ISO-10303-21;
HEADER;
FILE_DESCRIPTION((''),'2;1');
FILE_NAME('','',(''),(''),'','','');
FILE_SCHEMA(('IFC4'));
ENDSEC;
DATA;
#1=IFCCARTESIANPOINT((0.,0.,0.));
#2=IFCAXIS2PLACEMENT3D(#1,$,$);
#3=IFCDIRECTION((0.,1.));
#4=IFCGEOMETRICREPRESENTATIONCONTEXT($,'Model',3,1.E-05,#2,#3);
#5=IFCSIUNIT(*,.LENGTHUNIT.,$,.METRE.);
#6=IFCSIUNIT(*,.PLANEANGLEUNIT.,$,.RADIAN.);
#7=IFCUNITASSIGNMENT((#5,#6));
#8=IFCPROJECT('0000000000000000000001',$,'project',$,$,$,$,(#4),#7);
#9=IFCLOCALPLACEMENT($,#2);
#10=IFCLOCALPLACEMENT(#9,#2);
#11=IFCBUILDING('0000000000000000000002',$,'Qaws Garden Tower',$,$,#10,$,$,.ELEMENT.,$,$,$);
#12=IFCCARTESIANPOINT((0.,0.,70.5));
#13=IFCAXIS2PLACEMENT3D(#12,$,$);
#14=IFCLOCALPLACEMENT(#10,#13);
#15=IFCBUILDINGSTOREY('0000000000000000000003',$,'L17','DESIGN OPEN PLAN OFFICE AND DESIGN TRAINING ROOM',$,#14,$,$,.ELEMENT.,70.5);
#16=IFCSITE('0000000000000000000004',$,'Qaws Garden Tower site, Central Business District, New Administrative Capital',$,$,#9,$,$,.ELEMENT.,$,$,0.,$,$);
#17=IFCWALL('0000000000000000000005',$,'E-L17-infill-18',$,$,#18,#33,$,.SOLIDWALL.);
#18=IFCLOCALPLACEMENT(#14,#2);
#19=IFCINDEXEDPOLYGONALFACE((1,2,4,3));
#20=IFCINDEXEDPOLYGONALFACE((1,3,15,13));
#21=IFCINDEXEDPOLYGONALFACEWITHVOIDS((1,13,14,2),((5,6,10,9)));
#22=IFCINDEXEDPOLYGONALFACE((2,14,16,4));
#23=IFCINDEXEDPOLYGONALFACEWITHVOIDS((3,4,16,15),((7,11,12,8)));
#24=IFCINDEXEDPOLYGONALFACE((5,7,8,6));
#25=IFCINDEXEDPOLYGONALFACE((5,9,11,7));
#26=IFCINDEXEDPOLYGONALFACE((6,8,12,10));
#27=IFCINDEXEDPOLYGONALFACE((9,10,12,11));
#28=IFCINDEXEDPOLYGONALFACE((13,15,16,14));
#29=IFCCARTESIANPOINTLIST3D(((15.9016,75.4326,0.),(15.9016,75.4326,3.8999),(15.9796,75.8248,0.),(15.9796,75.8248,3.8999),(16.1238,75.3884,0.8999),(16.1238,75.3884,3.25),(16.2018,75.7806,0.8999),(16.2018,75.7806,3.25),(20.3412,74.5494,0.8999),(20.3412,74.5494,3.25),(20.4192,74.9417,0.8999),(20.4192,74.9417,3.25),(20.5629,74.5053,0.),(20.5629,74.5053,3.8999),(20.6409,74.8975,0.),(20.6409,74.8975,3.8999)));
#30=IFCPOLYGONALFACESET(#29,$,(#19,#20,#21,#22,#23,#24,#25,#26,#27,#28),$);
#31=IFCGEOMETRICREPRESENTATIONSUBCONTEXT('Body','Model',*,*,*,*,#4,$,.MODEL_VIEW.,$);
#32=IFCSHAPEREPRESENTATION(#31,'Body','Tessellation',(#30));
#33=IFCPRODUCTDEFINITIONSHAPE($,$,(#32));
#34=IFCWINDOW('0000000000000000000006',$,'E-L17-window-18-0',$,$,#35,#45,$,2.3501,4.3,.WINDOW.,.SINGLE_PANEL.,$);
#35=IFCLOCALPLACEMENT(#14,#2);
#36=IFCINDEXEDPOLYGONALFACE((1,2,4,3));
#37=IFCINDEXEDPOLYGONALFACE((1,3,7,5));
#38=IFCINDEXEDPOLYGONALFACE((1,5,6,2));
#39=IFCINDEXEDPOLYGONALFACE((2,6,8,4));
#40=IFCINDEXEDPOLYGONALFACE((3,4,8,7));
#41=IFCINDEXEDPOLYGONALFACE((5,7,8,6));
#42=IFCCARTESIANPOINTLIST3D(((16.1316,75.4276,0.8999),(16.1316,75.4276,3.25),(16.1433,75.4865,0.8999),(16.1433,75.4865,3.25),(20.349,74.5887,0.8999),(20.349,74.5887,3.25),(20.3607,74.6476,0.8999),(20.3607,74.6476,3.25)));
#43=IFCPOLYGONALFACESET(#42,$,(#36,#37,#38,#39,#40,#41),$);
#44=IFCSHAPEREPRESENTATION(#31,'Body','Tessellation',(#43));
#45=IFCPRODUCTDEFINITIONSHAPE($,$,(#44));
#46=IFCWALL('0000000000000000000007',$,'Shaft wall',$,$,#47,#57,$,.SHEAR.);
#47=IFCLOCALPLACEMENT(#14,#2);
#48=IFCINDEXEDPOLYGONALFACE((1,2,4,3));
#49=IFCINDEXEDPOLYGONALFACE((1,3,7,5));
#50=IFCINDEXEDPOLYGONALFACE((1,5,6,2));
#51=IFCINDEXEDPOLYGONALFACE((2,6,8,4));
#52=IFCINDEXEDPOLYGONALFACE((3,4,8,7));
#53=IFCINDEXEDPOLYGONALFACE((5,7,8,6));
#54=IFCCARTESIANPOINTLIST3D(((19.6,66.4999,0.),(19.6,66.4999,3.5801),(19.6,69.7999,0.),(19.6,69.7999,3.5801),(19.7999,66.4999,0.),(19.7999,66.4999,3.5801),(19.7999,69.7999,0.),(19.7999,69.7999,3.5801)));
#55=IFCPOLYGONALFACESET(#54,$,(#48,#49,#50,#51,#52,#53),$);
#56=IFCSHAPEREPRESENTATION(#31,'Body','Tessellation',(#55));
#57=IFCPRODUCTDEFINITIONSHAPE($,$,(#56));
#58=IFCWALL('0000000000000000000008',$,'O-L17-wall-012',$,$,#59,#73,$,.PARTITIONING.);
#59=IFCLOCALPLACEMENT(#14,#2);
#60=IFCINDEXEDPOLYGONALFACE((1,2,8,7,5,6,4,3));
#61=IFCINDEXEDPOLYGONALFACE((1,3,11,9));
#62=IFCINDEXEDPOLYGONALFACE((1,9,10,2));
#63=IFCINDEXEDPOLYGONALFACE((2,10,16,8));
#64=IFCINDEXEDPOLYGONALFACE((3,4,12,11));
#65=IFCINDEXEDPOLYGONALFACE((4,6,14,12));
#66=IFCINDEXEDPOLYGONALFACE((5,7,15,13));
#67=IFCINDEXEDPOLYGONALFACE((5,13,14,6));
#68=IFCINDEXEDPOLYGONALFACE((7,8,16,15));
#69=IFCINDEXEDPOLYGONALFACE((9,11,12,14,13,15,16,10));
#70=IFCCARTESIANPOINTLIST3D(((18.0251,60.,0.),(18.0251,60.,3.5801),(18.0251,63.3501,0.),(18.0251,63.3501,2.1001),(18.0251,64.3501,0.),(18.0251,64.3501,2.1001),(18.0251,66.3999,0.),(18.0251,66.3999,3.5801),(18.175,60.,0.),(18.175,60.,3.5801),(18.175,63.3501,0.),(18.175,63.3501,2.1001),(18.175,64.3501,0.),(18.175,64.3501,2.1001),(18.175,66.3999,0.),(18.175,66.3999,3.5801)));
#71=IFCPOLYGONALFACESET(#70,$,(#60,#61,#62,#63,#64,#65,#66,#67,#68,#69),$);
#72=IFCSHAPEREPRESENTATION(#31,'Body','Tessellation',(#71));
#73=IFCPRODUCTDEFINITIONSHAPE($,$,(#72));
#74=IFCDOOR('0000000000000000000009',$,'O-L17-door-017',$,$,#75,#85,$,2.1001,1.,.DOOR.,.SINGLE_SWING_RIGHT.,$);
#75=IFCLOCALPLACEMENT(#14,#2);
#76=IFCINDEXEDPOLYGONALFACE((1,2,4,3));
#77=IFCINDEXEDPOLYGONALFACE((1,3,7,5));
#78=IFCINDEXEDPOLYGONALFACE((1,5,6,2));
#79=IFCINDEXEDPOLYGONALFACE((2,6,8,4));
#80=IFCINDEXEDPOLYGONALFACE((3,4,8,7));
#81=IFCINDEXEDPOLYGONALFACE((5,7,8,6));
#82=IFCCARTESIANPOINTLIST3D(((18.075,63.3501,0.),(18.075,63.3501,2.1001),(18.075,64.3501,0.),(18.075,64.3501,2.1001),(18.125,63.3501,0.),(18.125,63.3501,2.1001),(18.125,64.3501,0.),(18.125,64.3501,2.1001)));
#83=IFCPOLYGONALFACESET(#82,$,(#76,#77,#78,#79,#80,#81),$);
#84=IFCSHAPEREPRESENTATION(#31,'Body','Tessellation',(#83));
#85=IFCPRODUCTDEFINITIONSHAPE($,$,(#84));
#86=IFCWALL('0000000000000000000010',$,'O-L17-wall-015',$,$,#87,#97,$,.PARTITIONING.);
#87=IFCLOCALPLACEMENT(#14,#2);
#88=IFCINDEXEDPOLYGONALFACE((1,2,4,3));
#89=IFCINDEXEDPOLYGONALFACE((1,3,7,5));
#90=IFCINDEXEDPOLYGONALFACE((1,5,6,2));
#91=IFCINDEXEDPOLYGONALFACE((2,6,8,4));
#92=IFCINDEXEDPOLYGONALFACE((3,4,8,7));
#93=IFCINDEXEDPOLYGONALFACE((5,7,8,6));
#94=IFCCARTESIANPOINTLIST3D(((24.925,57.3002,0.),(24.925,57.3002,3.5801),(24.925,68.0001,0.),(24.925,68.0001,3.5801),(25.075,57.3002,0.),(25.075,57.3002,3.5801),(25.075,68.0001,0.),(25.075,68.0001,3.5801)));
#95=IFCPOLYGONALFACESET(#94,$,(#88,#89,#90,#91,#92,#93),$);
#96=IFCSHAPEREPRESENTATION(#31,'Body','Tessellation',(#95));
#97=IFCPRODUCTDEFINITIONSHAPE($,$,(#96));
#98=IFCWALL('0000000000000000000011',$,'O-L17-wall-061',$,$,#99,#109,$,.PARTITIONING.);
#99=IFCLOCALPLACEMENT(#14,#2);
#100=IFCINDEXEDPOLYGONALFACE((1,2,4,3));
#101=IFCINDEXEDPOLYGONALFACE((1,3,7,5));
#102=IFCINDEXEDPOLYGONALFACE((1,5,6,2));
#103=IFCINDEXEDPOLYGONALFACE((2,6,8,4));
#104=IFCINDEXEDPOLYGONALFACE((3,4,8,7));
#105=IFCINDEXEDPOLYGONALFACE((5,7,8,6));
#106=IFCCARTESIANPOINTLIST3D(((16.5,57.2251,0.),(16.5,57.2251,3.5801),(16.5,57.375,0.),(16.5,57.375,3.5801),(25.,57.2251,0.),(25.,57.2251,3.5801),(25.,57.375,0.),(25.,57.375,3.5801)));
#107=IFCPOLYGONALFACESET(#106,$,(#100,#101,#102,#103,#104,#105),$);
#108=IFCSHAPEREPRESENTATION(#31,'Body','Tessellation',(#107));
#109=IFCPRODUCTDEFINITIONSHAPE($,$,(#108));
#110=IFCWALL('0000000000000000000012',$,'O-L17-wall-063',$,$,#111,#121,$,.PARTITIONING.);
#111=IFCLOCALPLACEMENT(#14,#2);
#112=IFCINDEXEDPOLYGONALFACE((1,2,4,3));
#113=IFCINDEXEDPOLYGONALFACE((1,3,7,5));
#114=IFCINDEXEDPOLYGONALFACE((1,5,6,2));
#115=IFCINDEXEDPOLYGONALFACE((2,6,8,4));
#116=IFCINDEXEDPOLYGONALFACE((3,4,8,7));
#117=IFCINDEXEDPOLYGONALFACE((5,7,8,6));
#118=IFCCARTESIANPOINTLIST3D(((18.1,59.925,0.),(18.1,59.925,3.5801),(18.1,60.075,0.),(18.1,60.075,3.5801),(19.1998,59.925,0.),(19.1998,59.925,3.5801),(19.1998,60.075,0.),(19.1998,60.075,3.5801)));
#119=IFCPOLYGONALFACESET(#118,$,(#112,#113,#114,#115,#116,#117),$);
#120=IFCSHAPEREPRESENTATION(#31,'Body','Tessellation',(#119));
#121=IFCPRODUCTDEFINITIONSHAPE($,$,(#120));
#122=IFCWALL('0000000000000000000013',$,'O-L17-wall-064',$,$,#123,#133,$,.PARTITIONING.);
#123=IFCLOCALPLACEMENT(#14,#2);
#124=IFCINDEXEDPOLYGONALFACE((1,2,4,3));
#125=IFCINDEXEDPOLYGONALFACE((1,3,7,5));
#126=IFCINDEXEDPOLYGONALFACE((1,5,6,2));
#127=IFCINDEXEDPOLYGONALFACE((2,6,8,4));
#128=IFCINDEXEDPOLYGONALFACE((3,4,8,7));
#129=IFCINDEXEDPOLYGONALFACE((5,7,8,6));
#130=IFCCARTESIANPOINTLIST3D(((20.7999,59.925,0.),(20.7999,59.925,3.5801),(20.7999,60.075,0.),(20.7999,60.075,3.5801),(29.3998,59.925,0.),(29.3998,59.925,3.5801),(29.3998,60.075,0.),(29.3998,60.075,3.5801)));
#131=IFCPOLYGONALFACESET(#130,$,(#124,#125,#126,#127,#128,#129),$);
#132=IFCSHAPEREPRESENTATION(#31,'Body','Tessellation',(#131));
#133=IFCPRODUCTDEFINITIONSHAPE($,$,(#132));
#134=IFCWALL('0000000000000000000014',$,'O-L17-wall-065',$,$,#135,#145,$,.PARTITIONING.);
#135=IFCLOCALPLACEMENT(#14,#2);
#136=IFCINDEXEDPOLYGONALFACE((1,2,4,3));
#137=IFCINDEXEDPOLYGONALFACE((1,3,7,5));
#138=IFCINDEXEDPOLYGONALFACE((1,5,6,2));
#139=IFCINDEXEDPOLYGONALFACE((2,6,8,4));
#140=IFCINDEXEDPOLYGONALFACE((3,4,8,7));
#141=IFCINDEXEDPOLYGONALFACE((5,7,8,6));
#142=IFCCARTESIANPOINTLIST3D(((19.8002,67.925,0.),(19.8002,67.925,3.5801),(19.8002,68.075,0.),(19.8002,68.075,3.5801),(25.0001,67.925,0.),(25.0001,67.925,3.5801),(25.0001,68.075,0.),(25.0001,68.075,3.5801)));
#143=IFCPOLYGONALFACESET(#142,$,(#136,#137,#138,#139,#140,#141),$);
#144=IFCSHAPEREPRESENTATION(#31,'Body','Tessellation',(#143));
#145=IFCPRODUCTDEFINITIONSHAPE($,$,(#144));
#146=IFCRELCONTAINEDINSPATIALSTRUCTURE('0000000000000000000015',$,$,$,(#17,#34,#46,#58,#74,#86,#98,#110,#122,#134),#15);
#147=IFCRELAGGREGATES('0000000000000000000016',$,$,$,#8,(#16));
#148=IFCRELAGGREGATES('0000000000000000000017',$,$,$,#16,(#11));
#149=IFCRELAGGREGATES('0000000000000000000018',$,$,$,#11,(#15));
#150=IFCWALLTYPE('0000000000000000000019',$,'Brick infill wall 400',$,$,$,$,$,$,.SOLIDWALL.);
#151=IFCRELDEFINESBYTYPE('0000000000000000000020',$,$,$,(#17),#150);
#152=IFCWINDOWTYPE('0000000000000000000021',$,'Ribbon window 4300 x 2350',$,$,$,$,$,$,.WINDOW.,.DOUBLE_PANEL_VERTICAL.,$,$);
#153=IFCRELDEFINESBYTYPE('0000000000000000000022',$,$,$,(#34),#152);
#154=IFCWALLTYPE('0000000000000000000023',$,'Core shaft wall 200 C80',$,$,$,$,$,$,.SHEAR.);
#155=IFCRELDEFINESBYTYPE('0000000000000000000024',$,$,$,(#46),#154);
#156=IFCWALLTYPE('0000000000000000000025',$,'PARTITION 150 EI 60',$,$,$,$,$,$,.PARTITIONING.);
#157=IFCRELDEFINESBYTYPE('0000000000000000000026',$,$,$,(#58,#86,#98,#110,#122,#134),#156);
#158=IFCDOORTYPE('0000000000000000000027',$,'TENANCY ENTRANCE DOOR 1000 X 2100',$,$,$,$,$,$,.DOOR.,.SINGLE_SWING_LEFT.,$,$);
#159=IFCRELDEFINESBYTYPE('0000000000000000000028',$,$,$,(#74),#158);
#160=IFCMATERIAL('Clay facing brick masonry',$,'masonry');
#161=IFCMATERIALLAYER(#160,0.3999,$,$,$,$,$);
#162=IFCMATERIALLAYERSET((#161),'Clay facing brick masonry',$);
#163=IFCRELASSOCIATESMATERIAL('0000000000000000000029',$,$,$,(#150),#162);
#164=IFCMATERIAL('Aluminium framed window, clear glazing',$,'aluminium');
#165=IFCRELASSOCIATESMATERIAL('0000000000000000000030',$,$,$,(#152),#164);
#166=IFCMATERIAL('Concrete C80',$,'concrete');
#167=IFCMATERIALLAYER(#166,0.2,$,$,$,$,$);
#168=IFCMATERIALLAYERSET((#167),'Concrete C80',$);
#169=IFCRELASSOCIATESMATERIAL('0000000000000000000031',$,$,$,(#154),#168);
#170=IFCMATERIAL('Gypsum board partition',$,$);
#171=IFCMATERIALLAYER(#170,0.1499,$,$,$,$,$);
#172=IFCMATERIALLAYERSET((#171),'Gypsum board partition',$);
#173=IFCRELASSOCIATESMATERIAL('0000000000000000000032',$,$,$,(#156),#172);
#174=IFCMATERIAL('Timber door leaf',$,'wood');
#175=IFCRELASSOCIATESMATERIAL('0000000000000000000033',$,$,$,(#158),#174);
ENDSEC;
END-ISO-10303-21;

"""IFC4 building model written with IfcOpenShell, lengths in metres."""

from ifc_helpers import new_model, si_unit, direction, frame, frame_2d, origin, place, context, subcontext, project, spatial, rectangle, extrude, material, layer, layer_set, type_object, element, fill, save


model = new_model("IFC4")

# Units and contexts
model_context = context("Model", 3, precision=1e-05, world=origin(), true_north=direction((0.0, 1.0)))
body_context = subcontext(model_context, "Body", "Model", "MODEL_VIEW")
ifc_project = project(units=[si_unit("LENGTHUNIT", "METRE"), si_unit("PLANEANGLEUNIT", "RADIAN")], contexts=[model_context])

# Site, building, storey
site_placement = place(None, origin())
site = spatial("IfcSite", under=ifc_project, at=site_placement, Name="Qaws Garden Tower site, Central Business District, New Administrative Capital", CompositionType="ELEMENT", RefElevation=0.0)
building_placement = place(site_placement, origin())
building = spatial("IfcBuilding", under=site, at=building_placement, Name="Qaws Garden Tower", CompositionType="ELEMENT")
storey_placement = place(building_placement, frame((0.0, 0.0, 70.5)))
storey = spatial("IfcBuildingStorey", under=building, at=storey_placement, Name="L17", Description="DESIGN OPEN PLAN OFFICE AND DESIGN TRAINING ROOM", CompositionType="ELEMENT", Elevation=70.5)

# Wall, opening, window
ifc_material_1 = material(Name="Clay facing brick masonry", Category="masonry")
ifc_layer_1 = layer(ifc_material_1, 0.3999)
ifc_layer_set_1 = layer_set([ifc_layer_1], Name="Clay facing brick masonry")
wall_type_1 = type_object("IfcWallType", Name="Brick infill wall 400", PredefinedType="SOLIDWALL", material=ifc_layer_set_1)
ifc_material_2 = material(Name="Aluminium framed window, clear glazing", Category="aluminium")
window_type = type_object("IfcWindowType", Name="Ribbon window 4300 x 2350", PartitioningType="DOUBLE_PANEL_VERTICAL", PredefinedType="WINDOW", material=ifc_material_2)
wall_1_placement = place(storey_placement, frame((20.6021, 74.7014, 0.0), z_axis=(0.0, 0.0, 1.0), x_axis=(-0.980784, 0.195099, 0.0)))
wall_1 = element("IfcWall", 1, at=wall_1_placement, inside=storey, type_object=wall_type_1, Name="E-L17-infill-18", PredefinedType="SOLIDWALL", context=body_context, shape_type="SweptSolid", body=[
    extrude(rectangle(XDim=4.7527, YDim=0.3999, at=frame_2d((2.3765, 0.0))), origin(), (0.0, 0.0, 1.0), 3.8999),
])
opening_1_placement = place(wall_1_placement, frame((0.2263, 0.0, 0.8999)))
opening_1 = element("IfcOpeningElement", 2, at=opening_1_placement, cuts=wall_1, PredefinedType="OPENING", context=body_context, shape_type="SweptSolid", body=[
    extrude(rectangle(XDim=4.3, YDim=2.3501, at=frame_2d((2.1499, 1.175))), frame((0.0, 0.21, 0.0), z_axis=(0.0, -1.0, 0.0), x_axis=(1.0, 0.0, 0.0)), (0.0, 0.0, 1.0), 0.4199),
])
window_1_placement = place(opening_1_placement, origin())
window_1 = element("IfcWindow", 3, at=window_1_placement, inside=storey, type_object=window_type, Name="E-L17-window-18-0", OverallHeight=2.3501, OverallWidth=4.3, PartitioningType="SINGLE_PANEL", PredefinedType="WINDOW", context=body_context, shape_type="SweptSolid", body=[
    extrude(rectangle(XDim=4.3, YDim=2.3501, at=frame_2d((2.1499, 1.175))), frame((0.0, 0.1599, 0.0), z_axis=(0.0, -1.0, 0.0), x_axis=(1.0, 0.0, 0.0)), (0.0, 0.0, 1.0), 0.0601),
])
fill(opening_1, window_1)

# Wall
ifc_material_3 = material(Name="Concrete C80", Category="concrete")
ifc_layer_2 = layer(ifc_material_3, 0.2)
ifc_layer_set_2 = layer_set([ifc_layer_2], Name="Concrete C80")
wall_type_2 = type_object("IfcWallType", Name="Core shaft wall 200 C80", PredefinedType="SHEAR", material=ifc_layer_set_2)
wall_2_placement = place(storey_placement, frame((19.7, 66.5, 0.0), z_axis=(0.0, 0.0, 1.0), x_axis=(0.0, 1.0, 0.0)))
element("IfcWall", 4, at=wall_2_placement, inside=storey, type_object=wall_type_2, Name="Shaft wall", PredefinedType="SHEAR", context=body_context, shape_type="SweptSolid", body=[
    extrude(rectangle(XDim=3.3, YDim=0.2, at=frame_2d((1.6499, 0.0))), origin(), (0.0, 0.0, 1.0), 3.5801),
])

# Wall, opening, door
ifc_material_4 = material(Name="Gypsum board partition")
ifc_layer_3 = layer(ifc_material_4, 0.1499)
ifc_layer_set_3 = layer_set([ifc_layer_3], Name="Gypsum board partition")
wall_type_3 = type_object("IfcWallType", Name="PARTITION 150 EI 60", PredefinedType="PARTITIONING", material=ifc_layer_set_3)
wall_3_placement = place(storey_placement, frame((18.1001, 60.0, 0.0), z_axis=(0.0, 0.0, 1.0), x_axis=(0.0, 1.0, 0.0)))
wall_3 = element("IfcWall", 5, at=wall_3_placement, inside=storey, type_object=wall_type_3, Name="O-L17-wall-012", PredefinedType="PARTITIONING", context=body_context, shape_type="SweptSolid", body=[
    extrude(rectangle(XDim=6.3999, YDim=0.1499, at=frame_2d((3.2, 0.0))), origin(), (0.0, 0.0, 1.0), 3.5801),
])
opening_2_placement = place(wall_3_placement, frame((3.3501, 0.0, 0.0)))
opening_2 = element("IfcOpeningElement", 6, at=opening_2_placement, cuts=wall_3, PredefinedType="OPENING", context=body_context, shape_type="SweptSolid", body=[
    extrude(rectangle(XDim=1.0, YDim=2.1001, at=frame_2d((0.5, 1.05))), frame((0.0, 0.085, 0.0), z_axis=(0.0, -1.0, 0.0), x_axis=(1.0, 0.0, 0.0)), (0.0, 0.0, 1.0), 0.1699),
])
ifc_material_5 = material(Name="Timber door leaf", Category="wood")
door_type = type_object("IfcDoorType", Name="TENANCY ENTRANCE DOOR 1000 X 2100", OperationType="SINGLE_SWING_LEFT", PredefinedType="DOOR", material=ifc_material_5)
door_placement = place(opening_2_placement, frame((1.0, 0.0, 0.0), z_axis=(0.0, 0.0, 1.0), x_axis=(-1.0, 0.0, 0.0)))
door = element("IfcDoor", 7, at=door_placement, inside=storey, type_object=door_type, Name="O-L17-door-017", OperationType="SINGLE_SWING_RIGHT", OverallHeight=2.1001, OverallWidth=1.0, PredefinedType="DOOR", context=body_context, shape_type="SweptSolid", body=[
    extrude(rectangle(XDim=1.0, YDim=2.1001, at=frame_2d((0.5, 1.05))), frame((0.0, 0.0249, 0.0), z_axis=(0.0, -1.0, 0.0), x_axis=(1.0, 0.0, 0.0)), (0.0, 0.0, 1.0), 0.05),
])
fill(opening_2, door)

# Walls
wall_4_placement = place(storey_placement, frame((25.0, 57.3, 0.0), z_axis=(0.0, 0.0, 1.0), x_axis=(0.0, 1.0, 0.0)))
element("IfcWall", 8, at=wall_4_placement, inside=storey, type_object=wall_type_3, Name="O-L17-wall-015", PredefinedType="PARTITIONING", context=body_context, shape_type="SweptSolid", body=[
    extrude(rectangle(XDim=10.7, YDim=0.1499, at=frame_2d((5.3501, 0.0))), origin(), (0.0, 0.0, 1.0), 3.5801),
])
wall_5_placement = place(storey_placement, frame((16.5, 57.3, 0.0), z_axis=(0.0, 0.0, 1.0), x_axis=(1.0, 0.0, 0.0)))
element("IfcWall", 9, at=wall_5_placement, inside=storey, type_object=wall_type_3, Name="O-L17-wall-061", PredefinedType="PARTITIONING", context=body_context, shape_type="SweptSolid", body=[
    extrude(rectangle(XDim=8.5, YDim=0.1499, at=frame_2d((4.25, 0.0))), origin(), (0.0, 0.0, 1.0), 3.5801),
])
wall_6_placement = place(storey_placement, frame((18.1001, 60.0, 0.0), z_axis=(0.0, 0.0, 1.0), x_axis=(1.0, 0.0, 0.0)))
element("IfcWall", 10, at=wall_6_placement, inside=storey, type_object=wall_type_3, Name="O-L17-wall-063", PredefinedType="PARTITIONING", context=body_context, shape_type="SweptSolid", body=[
    extrude(rectangle(XDim=1.0999, YDim=0.1499, at=frame_2d((0.5498, 0.0))), origin(), (0.0, 0.0, 1.0), 3.5801),
])
wall_7_placement = place(storey_placement, frame((20.8, 60.0, 0.0), z_axis=(0.0, 0.0, 1.0), x_axis=(1.0, 0.0, 0.0)))
element("IfcWall", 11, at=wall_7_placement, inside=storey, type_object=wall_type_3, Name="O-L17-wall-064", PredefinedType="PARTITIONING", context=body_context, shape_type="SweptSolid", body=[
    extrude(rectangle(XDim=8.5999, YDim=0.1499, at=frame_2d((4.2998, 0.0))), origin(), (0.0, 0.0, 1.0), 3.5801),
])
wall_8_placement = place(storey_placement, frame((19.8, 68.0, 0.0), z_axis=(0.0, 0.0, 1.0), x_axis=(1.0, 0.0, 0.0)))
element("IfcWall", 12, at=wall_8_placement, inside=storey, type_object=wall_type_3, Name="O-L17-wall-065", PredefinedType="PARTITIONING", context=body_context, shape_type="SweptSolid", body=[
    extrude(rectangle(XDim=5.2, YDim=0.1499, at=frame_2d((2.6001, 0.0))), origin(), (0.0, 0.0, 1.0), 3.5801),
])

save(model, "model.ifc")
